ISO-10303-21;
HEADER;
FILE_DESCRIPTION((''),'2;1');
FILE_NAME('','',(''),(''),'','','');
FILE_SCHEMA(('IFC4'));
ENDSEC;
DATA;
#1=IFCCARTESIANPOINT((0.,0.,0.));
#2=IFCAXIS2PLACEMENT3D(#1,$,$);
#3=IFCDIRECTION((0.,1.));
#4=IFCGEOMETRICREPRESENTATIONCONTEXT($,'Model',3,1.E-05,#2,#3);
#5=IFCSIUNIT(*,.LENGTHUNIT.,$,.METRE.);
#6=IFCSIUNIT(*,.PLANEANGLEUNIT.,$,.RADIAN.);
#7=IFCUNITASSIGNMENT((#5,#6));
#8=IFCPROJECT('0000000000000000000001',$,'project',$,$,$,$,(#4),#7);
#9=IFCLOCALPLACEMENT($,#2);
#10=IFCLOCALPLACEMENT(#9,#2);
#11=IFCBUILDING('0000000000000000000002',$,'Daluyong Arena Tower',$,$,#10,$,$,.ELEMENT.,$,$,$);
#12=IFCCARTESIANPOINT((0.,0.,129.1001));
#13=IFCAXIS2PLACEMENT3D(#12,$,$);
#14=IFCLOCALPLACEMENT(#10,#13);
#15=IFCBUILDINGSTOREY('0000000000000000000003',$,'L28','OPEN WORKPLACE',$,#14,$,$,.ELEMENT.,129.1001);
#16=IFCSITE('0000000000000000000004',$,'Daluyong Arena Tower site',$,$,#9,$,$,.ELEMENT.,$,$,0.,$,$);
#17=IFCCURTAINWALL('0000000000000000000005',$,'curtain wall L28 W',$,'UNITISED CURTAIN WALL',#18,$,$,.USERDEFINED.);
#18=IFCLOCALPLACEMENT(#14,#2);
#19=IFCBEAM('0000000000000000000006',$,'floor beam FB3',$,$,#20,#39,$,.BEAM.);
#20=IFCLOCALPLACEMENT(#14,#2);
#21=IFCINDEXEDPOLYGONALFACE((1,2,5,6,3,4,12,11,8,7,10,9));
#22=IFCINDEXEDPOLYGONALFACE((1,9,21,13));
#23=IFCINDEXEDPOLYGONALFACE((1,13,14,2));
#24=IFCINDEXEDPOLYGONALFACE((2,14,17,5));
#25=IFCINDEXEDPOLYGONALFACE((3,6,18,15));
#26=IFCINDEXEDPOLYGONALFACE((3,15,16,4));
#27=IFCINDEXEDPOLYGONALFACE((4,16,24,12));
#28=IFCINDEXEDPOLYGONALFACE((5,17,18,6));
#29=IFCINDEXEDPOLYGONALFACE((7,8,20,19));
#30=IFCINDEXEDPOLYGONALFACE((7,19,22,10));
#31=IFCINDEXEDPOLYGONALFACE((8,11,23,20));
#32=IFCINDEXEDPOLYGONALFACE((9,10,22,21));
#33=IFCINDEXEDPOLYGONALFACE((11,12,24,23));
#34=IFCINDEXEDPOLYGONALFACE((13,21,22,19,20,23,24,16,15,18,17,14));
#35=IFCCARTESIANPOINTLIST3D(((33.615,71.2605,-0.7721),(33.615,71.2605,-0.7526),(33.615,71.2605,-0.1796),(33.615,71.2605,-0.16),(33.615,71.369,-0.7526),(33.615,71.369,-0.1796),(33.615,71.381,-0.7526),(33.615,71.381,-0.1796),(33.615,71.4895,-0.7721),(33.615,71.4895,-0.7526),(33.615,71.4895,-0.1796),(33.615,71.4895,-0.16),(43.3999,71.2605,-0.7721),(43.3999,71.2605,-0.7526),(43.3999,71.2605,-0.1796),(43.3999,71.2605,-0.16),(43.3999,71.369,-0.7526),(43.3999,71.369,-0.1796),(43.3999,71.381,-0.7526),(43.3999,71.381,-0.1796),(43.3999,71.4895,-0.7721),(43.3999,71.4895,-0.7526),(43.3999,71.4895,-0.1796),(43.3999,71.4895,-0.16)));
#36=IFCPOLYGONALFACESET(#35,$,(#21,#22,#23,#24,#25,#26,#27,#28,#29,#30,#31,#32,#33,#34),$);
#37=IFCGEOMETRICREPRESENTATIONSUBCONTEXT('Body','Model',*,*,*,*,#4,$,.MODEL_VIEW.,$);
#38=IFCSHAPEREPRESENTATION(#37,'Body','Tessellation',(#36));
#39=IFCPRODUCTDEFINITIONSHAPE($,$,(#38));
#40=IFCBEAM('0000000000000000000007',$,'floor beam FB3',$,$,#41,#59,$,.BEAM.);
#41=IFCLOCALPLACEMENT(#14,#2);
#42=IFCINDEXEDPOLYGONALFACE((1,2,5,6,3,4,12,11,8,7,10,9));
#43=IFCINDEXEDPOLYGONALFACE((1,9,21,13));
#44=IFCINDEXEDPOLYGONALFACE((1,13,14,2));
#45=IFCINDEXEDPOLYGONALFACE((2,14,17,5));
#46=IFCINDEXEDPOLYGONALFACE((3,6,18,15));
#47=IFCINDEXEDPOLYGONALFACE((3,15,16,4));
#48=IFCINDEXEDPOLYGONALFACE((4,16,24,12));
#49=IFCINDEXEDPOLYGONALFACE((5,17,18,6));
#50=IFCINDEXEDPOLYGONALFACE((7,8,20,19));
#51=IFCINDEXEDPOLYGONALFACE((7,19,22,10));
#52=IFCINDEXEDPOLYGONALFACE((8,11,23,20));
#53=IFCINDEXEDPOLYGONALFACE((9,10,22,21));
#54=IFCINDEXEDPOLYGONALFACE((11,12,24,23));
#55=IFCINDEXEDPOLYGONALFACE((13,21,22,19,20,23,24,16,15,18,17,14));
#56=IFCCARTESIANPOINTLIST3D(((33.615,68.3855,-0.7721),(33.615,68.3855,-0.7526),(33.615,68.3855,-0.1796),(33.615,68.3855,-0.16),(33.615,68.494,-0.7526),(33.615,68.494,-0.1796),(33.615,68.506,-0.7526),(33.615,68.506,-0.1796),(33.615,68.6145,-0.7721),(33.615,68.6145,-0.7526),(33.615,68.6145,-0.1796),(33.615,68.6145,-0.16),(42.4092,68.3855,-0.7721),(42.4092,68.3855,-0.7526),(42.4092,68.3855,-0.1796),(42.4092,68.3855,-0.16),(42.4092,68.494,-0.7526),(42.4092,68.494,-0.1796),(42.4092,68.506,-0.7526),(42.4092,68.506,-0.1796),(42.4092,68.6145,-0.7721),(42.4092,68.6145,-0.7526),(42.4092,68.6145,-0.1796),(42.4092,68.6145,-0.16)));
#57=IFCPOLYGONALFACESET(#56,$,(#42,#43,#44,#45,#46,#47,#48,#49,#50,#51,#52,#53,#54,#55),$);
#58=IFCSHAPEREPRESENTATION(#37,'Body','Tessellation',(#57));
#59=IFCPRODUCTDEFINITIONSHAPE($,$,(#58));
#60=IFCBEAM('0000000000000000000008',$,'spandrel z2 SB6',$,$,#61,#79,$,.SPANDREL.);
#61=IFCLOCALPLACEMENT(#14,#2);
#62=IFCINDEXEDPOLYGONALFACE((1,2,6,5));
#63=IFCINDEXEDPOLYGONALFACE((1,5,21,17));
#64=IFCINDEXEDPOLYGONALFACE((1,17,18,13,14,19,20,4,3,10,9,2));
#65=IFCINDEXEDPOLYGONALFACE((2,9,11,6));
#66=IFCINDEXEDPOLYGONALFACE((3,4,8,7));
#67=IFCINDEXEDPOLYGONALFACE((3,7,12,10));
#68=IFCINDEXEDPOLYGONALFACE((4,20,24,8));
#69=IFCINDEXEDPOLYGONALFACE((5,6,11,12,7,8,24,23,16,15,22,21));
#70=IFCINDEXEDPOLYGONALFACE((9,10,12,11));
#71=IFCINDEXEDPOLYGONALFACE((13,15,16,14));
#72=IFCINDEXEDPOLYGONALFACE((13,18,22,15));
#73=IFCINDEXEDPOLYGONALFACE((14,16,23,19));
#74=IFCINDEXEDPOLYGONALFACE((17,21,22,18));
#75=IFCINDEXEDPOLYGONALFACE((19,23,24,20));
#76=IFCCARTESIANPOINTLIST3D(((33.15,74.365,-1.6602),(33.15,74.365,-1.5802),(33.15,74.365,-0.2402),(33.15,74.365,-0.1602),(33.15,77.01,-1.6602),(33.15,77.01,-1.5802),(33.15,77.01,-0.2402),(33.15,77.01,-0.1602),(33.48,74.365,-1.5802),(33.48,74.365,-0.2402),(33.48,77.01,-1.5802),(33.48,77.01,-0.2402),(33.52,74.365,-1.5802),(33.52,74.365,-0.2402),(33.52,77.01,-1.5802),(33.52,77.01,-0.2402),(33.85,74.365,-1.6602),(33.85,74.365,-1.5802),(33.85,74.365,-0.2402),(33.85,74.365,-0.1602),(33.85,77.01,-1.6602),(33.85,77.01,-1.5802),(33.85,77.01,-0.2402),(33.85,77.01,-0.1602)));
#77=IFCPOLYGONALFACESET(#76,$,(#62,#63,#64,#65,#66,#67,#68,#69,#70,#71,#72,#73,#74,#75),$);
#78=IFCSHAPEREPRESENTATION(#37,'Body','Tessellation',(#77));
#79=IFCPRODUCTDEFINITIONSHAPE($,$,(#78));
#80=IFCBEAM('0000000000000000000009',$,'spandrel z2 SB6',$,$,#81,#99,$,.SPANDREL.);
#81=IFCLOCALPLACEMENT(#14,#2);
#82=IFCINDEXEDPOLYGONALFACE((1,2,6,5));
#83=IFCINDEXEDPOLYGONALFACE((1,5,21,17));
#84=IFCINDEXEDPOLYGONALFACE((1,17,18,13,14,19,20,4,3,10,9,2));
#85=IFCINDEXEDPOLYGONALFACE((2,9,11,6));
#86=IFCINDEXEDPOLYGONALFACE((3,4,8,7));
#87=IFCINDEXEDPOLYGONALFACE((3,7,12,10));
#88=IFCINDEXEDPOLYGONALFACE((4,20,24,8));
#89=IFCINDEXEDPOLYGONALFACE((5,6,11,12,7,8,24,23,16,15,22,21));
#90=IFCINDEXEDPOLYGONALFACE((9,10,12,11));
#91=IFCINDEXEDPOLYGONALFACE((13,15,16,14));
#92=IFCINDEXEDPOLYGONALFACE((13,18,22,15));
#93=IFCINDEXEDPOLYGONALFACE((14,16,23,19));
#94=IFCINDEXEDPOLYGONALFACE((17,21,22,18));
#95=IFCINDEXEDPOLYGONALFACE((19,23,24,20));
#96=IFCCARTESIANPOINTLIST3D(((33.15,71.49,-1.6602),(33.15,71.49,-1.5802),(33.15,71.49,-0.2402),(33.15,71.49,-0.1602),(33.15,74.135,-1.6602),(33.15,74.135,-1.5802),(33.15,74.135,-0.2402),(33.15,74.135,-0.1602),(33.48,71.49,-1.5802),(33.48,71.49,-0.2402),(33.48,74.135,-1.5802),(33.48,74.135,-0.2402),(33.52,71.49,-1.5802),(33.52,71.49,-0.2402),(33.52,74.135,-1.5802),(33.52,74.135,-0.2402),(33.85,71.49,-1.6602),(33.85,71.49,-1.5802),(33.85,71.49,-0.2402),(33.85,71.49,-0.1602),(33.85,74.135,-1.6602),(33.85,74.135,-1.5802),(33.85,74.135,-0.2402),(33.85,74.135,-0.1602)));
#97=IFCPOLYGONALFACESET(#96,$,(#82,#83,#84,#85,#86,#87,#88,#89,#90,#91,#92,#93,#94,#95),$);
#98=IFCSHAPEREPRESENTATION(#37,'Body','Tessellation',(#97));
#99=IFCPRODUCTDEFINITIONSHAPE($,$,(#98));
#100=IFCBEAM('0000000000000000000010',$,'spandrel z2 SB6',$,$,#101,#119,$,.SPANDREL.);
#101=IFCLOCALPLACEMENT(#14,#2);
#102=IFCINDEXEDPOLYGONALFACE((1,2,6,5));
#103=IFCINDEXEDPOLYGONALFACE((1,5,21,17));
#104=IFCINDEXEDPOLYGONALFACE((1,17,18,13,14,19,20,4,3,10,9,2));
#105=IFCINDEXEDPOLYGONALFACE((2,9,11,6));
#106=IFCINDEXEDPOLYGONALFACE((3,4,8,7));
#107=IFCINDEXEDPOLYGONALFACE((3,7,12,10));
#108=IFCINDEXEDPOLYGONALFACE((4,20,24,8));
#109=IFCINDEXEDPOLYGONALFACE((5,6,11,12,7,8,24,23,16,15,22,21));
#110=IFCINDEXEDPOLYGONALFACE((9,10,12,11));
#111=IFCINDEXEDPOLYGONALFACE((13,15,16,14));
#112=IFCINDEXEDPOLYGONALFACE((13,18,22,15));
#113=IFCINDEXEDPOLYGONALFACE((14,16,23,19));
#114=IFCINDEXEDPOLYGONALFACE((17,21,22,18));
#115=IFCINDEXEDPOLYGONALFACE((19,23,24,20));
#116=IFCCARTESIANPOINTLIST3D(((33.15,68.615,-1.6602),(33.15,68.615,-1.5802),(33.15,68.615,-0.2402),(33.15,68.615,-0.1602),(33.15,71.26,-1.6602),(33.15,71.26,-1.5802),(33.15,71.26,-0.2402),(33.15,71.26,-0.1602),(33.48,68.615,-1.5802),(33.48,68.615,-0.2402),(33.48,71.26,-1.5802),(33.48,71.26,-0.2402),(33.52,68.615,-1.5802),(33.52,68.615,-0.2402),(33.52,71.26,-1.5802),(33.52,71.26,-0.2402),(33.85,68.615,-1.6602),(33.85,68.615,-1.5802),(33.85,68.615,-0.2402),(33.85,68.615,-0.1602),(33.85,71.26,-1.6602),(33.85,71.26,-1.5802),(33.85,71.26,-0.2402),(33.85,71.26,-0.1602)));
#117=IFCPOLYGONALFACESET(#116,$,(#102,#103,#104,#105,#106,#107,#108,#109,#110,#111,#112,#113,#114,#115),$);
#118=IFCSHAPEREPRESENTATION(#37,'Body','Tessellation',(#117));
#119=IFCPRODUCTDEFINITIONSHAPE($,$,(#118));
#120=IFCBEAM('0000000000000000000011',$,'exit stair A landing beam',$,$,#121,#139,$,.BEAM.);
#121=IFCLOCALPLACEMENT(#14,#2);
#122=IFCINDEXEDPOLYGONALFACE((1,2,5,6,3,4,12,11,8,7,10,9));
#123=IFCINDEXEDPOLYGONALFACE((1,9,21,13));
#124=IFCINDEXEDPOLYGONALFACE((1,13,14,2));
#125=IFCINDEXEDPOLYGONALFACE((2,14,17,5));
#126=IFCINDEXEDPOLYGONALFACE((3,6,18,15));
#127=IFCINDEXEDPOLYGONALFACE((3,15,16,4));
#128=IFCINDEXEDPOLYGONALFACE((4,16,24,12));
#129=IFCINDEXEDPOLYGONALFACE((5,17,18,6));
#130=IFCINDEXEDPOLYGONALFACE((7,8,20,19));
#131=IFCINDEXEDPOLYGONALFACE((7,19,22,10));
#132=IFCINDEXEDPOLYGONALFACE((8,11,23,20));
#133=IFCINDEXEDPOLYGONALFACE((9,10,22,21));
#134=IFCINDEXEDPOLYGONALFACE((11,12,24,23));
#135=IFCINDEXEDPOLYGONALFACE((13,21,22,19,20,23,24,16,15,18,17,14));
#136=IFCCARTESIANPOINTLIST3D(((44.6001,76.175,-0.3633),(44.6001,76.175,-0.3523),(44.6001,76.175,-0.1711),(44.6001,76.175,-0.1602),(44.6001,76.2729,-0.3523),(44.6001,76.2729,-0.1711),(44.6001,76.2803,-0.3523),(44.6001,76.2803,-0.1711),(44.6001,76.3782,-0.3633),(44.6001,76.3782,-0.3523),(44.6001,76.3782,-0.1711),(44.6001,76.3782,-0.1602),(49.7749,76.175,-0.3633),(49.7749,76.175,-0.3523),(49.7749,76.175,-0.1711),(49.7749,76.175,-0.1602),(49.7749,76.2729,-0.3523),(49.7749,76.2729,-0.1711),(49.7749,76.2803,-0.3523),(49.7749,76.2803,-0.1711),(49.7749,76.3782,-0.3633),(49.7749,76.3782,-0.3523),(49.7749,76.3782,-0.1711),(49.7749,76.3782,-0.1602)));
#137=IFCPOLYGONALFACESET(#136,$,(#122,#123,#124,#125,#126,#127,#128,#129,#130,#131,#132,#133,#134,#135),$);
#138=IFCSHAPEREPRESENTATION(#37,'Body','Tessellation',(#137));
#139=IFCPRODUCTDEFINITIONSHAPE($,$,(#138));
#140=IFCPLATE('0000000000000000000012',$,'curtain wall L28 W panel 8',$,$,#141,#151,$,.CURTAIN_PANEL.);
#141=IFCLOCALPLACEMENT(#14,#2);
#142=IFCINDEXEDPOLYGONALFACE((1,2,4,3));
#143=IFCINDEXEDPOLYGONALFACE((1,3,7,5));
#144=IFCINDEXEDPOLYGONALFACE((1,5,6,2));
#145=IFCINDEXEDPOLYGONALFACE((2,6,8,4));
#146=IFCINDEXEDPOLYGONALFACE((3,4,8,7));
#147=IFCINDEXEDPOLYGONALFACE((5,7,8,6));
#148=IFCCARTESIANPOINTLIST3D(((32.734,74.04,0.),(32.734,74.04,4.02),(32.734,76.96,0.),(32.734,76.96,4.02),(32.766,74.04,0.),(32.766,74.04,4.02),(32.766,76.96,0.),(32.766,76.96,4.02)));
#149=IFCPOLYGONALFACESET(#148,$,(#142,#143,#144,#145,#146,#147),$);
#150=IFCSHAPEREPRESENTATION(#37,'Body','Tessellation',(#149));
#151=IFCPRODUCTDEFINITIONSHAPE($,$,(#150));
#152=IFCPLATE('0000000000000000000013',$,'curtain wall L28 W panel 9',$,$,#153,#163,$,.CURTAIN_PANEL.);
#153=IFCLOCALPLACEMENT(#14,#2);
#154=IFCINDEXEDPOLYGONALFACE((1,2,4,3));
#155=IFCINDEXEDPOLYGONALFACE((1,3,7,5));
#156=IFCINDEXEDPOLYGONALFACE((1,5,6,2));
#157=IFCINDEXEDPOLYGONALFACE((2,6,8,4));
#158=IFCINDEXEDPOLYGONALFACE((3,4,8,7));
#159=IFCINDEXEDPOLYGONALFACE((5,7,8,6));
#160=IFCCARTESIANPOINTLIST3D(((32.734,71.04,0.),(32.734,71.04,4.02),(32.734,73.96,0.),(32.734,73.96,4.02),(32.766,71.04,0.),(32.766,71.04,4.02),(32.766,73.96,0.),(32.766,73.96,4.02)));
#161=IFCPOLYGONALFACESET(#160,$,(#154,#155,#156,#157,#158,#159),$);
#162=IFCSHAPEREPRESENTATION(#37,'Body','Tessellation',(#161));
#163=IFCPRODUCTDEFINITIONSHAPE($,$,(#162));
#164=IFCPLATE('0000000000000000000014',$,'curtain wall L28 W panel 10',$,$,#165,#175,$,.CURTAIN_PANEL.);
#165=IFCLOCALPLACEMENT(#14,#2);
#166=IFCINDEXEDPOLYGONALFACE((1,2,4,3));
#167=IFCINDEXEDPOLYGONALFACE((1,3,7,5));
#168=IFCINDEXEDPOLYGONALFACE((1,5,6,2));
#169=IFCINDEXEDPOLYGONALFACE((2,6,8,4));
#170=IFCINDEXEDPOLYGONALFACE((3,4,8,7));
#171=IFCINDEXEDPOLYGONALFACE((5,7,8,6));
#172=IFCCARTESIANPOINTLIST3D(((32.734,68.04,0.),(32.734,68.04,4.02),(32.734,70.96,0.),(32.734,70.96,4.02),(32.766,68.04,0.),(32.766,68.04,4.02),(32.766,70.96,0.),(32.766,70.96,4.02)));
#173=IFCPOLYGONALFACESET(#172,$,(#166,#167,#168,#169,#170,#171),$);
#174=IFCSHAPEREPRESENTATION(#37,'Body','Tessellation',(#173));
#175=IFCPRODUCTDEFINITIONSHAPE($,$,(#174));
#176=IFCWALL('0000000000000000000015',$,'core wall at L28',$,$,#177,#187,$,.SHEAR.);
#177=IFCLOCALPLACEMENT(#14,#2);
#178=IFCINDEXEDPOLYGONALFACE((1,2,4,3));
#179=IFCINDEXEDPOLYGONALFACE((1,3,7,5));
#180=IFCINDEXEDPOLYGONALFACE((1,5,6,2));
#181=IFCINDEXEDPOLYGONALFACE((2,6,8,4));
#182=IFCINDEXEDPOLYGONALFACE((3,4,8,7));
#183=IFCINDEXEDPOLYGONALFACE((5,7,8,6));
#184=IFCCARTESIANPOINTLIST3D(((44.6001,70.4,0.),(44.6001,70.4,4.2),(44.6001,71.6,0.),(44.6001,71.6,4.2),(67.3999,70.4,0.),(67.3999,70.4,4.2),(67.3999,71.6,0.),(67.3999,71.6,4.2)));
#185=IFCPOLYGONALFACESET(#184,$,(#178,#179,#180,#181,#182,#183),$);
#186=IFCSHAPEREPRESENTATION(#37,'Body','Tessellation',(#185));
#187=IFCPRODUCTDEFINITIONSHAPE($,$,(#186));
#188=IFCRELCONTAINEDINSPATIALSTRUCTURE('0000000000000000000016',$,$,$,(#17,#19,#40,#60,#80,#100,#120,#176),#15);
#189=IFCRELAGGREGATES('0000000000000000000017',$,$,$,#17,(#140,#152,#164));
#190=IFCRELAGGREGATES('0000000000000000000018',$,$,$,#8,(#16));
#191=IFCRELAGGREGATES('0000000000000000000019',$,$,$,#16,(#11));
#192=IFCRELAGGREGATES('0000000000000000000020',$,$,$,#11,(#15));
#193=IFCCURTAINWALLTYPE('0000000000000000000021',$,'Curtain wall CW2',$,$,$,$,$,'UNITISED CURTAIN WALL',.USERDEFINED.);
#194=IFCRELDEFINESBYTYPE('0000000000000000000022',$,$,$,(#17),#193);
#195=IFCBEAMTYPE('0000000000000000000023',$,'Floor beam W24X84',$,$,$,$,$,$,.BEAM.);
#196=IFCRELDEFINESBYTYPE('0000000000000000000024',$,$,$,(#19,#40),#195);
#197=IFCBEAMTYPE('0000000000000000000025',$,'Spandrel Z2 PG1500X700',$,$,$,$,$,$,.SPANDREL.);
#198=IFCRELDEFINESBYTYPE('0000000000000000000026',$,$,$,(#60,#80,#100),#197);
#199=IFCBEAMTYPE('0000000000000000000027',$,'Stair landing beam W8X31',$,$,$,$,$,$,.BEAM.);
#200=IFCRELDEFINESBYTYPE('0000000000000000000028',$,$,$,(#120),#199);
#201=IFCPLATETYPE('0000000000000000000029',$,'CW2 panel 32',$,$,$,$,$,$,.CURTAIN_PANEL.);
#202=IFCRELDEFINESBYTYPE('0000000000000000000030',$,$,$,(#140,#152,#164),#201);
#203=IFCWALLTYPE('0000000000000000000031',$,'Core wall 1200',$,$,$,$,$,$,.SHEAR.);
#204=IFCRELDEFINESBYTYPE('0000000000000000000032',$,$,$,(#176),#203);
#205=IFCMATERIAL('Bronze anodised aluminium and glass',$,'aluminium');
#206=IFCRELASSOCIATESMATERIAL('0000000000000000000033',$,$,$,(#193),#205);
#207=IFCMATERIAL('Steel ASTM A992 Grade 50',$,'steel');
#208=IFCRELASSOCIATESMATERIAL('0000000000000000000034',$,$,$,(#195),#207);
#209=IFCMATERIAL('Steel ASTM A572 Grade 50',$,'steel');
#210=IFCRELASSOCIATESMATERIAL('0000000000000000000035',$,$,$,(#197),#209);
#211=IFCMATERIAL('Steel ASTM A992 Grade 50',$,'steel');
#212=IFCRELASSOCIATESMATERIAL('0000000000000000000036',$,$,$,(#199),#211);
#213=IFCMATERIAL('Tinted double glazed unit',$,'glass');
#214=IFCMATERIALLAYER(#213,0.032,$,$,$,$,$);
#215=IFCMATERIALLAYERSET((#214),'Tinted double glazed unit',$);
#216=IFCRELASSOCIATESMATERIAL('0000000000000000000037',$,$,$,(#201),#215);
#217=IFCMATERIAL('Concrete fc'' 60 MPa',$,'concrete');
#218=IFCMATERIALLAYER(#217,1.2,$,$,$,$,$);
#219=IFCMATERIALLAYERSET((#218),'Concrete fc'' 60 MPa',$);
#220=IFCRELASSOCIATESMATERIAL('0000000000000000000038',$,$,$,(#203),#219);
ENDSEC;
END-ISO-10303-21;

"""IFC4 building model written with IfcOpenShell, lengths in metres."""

from ifc_helpers import new_model, si_unit, direction, frame, frame_2d, origin, origin_2d, place, context, subcontext, project, spatial, rectangle, i_section, extrude, material, layer, layer_set, material_profile, profile_set, type_object, element, aggregate, save


model = new_model("IFC4")

# Units and contexts
model_context = context("Model", 3, precision=1e-05, world=origin(), true_north=direction((0.0, 1.0)))
body_context = subcontext(model_context, "Body", "Model", "MODEL_VIEW")
ifc_project = project(units=[si_unit("LENGTHUNIT", "METRE"), si_unit("PLANEANGLEUNIT", "RADIAN")], contexts=[model_context])

# Site, building, storey
site_placement = place(None, origin())
site = spatial("IfcSite", under=ifc_project, at=site_placement, Name="Daluyong Arena Tower site", CompositionType="ELEMENT", RefElevation=0.0)
building_placement = place(site_placement, origin())
building = spatial("IfcBuilding", under=site, at=building_placement, Name="Daluyong Arena Tower", CompositionType="ELEMENT")
storey_placement = place(building_placement, frame((0.0, 0.0, 129.1001)))
storey = spatial("IfcBuildingStorey", under=building, at=storey_placement, Name="L28", Description="OPEN WORKPLACE", CompositionType="ELEMENT", Elevation=129.1001)

# Curtain wall
ifc_material_1 = material(Name="Bronze anodised aluminium and glass", Category="aluminium")
curtain_wall_type = type_object("IfcCurtainWallType", Name="Curtain wall CW2", ElementType="UNITISED CURTAIN WALL", PredefinedType="USERDEFINED", material=ifc_material_1)
curtain_wall_placement = place(storey_placement, origin())
curtain_wall = element("IfcCurtainWall", 1, at=curtain_wall_placement, inside=storey, type_object=curtain_wall_type, Name="curtain wall L28 W", ObjectType="UNITISED CURTAIN WALL", PredefinedType="USERDEFINED")

# Beams
ifc_material_2 = material(Name="Steel ASTM A992 Grade 50", Category="steel")
ifc_material_profile_1 = material_profile(ifc_material_2, i_section(OverallWidth=0.229, OverallDepth=0.6121, WebThickness=0.012, FlangeThickness=0.0195, at=origin_2d()))
ifc_profile_set_1 = profile_set([ifc_material_profile_1], Name="Steel ASTM A992 Grade 50")
beam_type_1 = type_object("IfcBeamType", Name="Floor beam W24X84", PredefinedType="BEAM", material=ifc_profile_set_1)
for number, where, z_axis, x_axis, name in (
    (2, (33.615, 71.375, -0.4661), (1.0, 0.0, 0.0), (0.0, 1.0, 0.0), "floor beam FB3"),
):
    element("IfcBeam", number, at=place(storey_placement, frame(where, z_axis=z_axis, x_axis=x_axis)), inside=storey, type_object=beam_type_1, Name=name, PredefinedType="BEAM", context=body_context, shape_type="SweptSolid", body=[
        extrude(i_section(OverallWidth=0.229, OverallDepth=0.6121, WebThickness=0.012, FlangeThickness=0.0195, at=origin_2d()), origin(), (0.0, 0.0, 1.0), 9.7849),
    ])
beam_1_placement = place(storey_placement, frame((33.615, 68.5, -0.4661), z_axis=(1.0, 0.0, 0.0), x_axis=(0.0, 1.0, 0.0)))
element("IfcBeam", 3, at=beam_1_placement, inside=storey, type_object=beam_type_1, Name="floor beam FB3", PredefinedType="BEAM", context=body_context, shape_type="SweptSolid", body=[
    extrude(i_section(OverallWidth=0.229, OverallDepth=0.6121, WebThickness=0.012, FlangeThickness=0.0195, at=origin_2d()), origin(), (0.0, 0.0, 1.0), 8.7942),
])
ifc_material_3 = material(Name="Steel ASTM A572 Grade 50", Category="steel")
ifc_material_profile_2 = material_profile(ifc_material_3, i_section(OverallWidth=0.7, OverallDepth=1.5, WebThickness=0.04, FlangeThickness=0.08, at=origin_2d()))
ifc_profile_set_2 = profile_set([ifc_material_profile_2], Name="Steel ASTM A572 Grade 50")
beam_type_2 = type_object("IfcBeamType", Name="Spandrel Z2 PG1500X700", PredefinedType="SPANDREL", material=ifc_profile_set_2)
for number, where, z_axis, x_axis, name in (
    (4, (33.5, 77.01, -0.9102), (0.0, -1.0, 0.0), (1.0, 0.0, 0.0), "spandrel z2 SB6"),
    (5, (33.5, 74.135, -0.9102), (0.0, -1.0, 0.0), (1.0, 0.0, 0.0), "spandrel z2 SB6"),
    (6, (33.5, 71.26, -0.9102), (0.0, -1.0, 0.0), (1.0, 0.0, 0.0), "spandrel z2 SB6"),
):
    element("IfcBeam", number, at=place(storey_placement, frame(where, z_axis=z_axis, x_axis=x_axis)), inside=storey, type_object=beam_type_2, Name=name, PredefinedType="SPANDREL", context=body_context, shape_type="SweptSolid", body=[
        extrude(i_section(OverallWidth=0.7, OverallDepth=1.5, WebThickness=0.04, FlangeThickness=0.08, at=origin_2d()), origin(), (0.0, 0.0, 1.0), 2.645),
    ])
ifc_material_4 = material(Name="Steel ASTM A992 Grade 50", Category="steel")
ifc_material_profile_3 = material_profile(ifc_material_4, i_section(OverallWidth=0.2031, OverallDepth=0.2031, WebThickness=0.0073, FlangeThickness=0.011, at=origin_2d()))
ifc_profile_set_3 = profile_set([ifc_material_profile_3], Name="Steel ASTM A992 Grade 50")
beam_type_3 = type_object("IfcBeamType", Name="Stair landing beam W8X31", PredefinedType="BEAM", material=ifc_profile_set_3)
beam_2_placement = place(storey_placement, frame((44.6001, 76.2766, -0.2617), z_axis=(1.0, 0.0, 0.0), x_axis=(0.0, 1.0, 0.0)))
element("IfcBeam", 7, at=beam_2_placement, inside=storey, type_object=beam_type_3, Name="exit stair A landing beam", PredefinedType="BEAM", context=body_context, shape_type="SweptSolid", body=[
    extrude(i_section(OverallWidth=0.2031, OverallDepth=0.2031, WebThickness=0.0073, FlangeThickness=0.011, at=origin_2d()), origin(), (0.0, 0.0, 1.0), 5.1748),
])

# Plates
ifc_material_5 = material(Name="Tinted double glazed unit", Category="glass")
ifc_layer_1 = layer(ifc_material_5, 0.032)
ifc_layer_set_1 = layer_set([ifc_layer_1], Name="Tinted double glazed unit")
plate_type = type_object("IfcPlateType", Name="CW2 panel 32", PredefinedType="CURTAIN_PANEL", material=ifc_layer_set_1)
plate_1_placement = place(storey_placement, frame((32.75, 75.5, 0.0), z_axis=(0.0, 0.0, 1.0), x_axis=(0.0, -1.0, 0.0)))
plate_1 = element("IfcPlate", 8, at=plate_1_placement, type_object=plate_type, Name="curtain wall L28 W panel 8", PredefinedType="CURTAIN_PANEL", context=body_context, shape_type="SweptSolid", body=[
    extrude(rectangle(XDim=2.9199, YDim=0.032, at=origin_2d()), origin(), (0.0, 0.0, 1.0), 4.02),
])
plate_2_placement = place(storey_placement, frame((32.75, 72.5, 0.0), z_axis=(0.0, 0.0, 1.0), x_axis=(0.0, -1.0, 0.0)))
plate_2 = element("IfcPlate", 9, at=plate_2_placement, type_object=plate_type, Name="curtain wall L28 W panel 9", PredefinedType="CURTAIN_PANEL", context=body_context, shape_type="SweptSolid", body=[
    extrude(rectangle(XDim=2.9199, YDim=0.032, at=origin_2d()), origin(), (0.0, 0.0, 1.0), 4.02),
])
plate_3_placement = place(storey_placement, frame((32.75, 69.5, 0.0), z_axis=(0.0, 0.0, 1.0), x_axis=(0.0, -1.0, 0.0)))
plate_3 = element("IfcPlate", 10, at=plate_3_placement, type_object=plate_type, Name="curtain wall L28 W panel 10", PredefinedType="CURTAIN_PANEL", context=body_context, shape_type="SweptSolid", body=[
    extrude(rectangle(XDim=2.9199, YDim=0.032, at=origin_2d()), origin(), (0.0, 0.0, 1.0), 4.02),
])
aggregate(curtain_wall, [plate_1, plate_2, plate_3])

# Shared definitions
ifc_material_6 = material(Name="Concrete fc' 60 MPa", Category="concrete")
ifc_layer_2 = layer(ifc_material_6, 1.2)
ifc_layer_set_2 = layer_set([ifc_layer_2], Name="Concrete fc' 60 MPa")
wall_type_1 = type_object("IfcWallType", Name="Core wall 1200", PredefinedType="SHEAR", material=ifc_layer_set_2)

# Wall
wall_1_placement = place(storey_placement, frame((44.6001, 71.0, 0.0), z_axis=(0.0, 0.0, 1.0), x_axis=(1.0, 0.0, 0.0)))
element("IfcWall", 11, at=wall_1_placement, inside=storey, type_object=wall_type_1, Name="core wall at L28", PredefinedType="SHEAR", context=body_context, shape_type="SweptSolid", body=[
    extrude(rectangle(XDim=22.7998, YDim=1.2, at=frame_2d((11.3999, 0.0))), origin(), (0.0, 0.0, 1.0), 4.2),
])

save(model, "model.ifc")
